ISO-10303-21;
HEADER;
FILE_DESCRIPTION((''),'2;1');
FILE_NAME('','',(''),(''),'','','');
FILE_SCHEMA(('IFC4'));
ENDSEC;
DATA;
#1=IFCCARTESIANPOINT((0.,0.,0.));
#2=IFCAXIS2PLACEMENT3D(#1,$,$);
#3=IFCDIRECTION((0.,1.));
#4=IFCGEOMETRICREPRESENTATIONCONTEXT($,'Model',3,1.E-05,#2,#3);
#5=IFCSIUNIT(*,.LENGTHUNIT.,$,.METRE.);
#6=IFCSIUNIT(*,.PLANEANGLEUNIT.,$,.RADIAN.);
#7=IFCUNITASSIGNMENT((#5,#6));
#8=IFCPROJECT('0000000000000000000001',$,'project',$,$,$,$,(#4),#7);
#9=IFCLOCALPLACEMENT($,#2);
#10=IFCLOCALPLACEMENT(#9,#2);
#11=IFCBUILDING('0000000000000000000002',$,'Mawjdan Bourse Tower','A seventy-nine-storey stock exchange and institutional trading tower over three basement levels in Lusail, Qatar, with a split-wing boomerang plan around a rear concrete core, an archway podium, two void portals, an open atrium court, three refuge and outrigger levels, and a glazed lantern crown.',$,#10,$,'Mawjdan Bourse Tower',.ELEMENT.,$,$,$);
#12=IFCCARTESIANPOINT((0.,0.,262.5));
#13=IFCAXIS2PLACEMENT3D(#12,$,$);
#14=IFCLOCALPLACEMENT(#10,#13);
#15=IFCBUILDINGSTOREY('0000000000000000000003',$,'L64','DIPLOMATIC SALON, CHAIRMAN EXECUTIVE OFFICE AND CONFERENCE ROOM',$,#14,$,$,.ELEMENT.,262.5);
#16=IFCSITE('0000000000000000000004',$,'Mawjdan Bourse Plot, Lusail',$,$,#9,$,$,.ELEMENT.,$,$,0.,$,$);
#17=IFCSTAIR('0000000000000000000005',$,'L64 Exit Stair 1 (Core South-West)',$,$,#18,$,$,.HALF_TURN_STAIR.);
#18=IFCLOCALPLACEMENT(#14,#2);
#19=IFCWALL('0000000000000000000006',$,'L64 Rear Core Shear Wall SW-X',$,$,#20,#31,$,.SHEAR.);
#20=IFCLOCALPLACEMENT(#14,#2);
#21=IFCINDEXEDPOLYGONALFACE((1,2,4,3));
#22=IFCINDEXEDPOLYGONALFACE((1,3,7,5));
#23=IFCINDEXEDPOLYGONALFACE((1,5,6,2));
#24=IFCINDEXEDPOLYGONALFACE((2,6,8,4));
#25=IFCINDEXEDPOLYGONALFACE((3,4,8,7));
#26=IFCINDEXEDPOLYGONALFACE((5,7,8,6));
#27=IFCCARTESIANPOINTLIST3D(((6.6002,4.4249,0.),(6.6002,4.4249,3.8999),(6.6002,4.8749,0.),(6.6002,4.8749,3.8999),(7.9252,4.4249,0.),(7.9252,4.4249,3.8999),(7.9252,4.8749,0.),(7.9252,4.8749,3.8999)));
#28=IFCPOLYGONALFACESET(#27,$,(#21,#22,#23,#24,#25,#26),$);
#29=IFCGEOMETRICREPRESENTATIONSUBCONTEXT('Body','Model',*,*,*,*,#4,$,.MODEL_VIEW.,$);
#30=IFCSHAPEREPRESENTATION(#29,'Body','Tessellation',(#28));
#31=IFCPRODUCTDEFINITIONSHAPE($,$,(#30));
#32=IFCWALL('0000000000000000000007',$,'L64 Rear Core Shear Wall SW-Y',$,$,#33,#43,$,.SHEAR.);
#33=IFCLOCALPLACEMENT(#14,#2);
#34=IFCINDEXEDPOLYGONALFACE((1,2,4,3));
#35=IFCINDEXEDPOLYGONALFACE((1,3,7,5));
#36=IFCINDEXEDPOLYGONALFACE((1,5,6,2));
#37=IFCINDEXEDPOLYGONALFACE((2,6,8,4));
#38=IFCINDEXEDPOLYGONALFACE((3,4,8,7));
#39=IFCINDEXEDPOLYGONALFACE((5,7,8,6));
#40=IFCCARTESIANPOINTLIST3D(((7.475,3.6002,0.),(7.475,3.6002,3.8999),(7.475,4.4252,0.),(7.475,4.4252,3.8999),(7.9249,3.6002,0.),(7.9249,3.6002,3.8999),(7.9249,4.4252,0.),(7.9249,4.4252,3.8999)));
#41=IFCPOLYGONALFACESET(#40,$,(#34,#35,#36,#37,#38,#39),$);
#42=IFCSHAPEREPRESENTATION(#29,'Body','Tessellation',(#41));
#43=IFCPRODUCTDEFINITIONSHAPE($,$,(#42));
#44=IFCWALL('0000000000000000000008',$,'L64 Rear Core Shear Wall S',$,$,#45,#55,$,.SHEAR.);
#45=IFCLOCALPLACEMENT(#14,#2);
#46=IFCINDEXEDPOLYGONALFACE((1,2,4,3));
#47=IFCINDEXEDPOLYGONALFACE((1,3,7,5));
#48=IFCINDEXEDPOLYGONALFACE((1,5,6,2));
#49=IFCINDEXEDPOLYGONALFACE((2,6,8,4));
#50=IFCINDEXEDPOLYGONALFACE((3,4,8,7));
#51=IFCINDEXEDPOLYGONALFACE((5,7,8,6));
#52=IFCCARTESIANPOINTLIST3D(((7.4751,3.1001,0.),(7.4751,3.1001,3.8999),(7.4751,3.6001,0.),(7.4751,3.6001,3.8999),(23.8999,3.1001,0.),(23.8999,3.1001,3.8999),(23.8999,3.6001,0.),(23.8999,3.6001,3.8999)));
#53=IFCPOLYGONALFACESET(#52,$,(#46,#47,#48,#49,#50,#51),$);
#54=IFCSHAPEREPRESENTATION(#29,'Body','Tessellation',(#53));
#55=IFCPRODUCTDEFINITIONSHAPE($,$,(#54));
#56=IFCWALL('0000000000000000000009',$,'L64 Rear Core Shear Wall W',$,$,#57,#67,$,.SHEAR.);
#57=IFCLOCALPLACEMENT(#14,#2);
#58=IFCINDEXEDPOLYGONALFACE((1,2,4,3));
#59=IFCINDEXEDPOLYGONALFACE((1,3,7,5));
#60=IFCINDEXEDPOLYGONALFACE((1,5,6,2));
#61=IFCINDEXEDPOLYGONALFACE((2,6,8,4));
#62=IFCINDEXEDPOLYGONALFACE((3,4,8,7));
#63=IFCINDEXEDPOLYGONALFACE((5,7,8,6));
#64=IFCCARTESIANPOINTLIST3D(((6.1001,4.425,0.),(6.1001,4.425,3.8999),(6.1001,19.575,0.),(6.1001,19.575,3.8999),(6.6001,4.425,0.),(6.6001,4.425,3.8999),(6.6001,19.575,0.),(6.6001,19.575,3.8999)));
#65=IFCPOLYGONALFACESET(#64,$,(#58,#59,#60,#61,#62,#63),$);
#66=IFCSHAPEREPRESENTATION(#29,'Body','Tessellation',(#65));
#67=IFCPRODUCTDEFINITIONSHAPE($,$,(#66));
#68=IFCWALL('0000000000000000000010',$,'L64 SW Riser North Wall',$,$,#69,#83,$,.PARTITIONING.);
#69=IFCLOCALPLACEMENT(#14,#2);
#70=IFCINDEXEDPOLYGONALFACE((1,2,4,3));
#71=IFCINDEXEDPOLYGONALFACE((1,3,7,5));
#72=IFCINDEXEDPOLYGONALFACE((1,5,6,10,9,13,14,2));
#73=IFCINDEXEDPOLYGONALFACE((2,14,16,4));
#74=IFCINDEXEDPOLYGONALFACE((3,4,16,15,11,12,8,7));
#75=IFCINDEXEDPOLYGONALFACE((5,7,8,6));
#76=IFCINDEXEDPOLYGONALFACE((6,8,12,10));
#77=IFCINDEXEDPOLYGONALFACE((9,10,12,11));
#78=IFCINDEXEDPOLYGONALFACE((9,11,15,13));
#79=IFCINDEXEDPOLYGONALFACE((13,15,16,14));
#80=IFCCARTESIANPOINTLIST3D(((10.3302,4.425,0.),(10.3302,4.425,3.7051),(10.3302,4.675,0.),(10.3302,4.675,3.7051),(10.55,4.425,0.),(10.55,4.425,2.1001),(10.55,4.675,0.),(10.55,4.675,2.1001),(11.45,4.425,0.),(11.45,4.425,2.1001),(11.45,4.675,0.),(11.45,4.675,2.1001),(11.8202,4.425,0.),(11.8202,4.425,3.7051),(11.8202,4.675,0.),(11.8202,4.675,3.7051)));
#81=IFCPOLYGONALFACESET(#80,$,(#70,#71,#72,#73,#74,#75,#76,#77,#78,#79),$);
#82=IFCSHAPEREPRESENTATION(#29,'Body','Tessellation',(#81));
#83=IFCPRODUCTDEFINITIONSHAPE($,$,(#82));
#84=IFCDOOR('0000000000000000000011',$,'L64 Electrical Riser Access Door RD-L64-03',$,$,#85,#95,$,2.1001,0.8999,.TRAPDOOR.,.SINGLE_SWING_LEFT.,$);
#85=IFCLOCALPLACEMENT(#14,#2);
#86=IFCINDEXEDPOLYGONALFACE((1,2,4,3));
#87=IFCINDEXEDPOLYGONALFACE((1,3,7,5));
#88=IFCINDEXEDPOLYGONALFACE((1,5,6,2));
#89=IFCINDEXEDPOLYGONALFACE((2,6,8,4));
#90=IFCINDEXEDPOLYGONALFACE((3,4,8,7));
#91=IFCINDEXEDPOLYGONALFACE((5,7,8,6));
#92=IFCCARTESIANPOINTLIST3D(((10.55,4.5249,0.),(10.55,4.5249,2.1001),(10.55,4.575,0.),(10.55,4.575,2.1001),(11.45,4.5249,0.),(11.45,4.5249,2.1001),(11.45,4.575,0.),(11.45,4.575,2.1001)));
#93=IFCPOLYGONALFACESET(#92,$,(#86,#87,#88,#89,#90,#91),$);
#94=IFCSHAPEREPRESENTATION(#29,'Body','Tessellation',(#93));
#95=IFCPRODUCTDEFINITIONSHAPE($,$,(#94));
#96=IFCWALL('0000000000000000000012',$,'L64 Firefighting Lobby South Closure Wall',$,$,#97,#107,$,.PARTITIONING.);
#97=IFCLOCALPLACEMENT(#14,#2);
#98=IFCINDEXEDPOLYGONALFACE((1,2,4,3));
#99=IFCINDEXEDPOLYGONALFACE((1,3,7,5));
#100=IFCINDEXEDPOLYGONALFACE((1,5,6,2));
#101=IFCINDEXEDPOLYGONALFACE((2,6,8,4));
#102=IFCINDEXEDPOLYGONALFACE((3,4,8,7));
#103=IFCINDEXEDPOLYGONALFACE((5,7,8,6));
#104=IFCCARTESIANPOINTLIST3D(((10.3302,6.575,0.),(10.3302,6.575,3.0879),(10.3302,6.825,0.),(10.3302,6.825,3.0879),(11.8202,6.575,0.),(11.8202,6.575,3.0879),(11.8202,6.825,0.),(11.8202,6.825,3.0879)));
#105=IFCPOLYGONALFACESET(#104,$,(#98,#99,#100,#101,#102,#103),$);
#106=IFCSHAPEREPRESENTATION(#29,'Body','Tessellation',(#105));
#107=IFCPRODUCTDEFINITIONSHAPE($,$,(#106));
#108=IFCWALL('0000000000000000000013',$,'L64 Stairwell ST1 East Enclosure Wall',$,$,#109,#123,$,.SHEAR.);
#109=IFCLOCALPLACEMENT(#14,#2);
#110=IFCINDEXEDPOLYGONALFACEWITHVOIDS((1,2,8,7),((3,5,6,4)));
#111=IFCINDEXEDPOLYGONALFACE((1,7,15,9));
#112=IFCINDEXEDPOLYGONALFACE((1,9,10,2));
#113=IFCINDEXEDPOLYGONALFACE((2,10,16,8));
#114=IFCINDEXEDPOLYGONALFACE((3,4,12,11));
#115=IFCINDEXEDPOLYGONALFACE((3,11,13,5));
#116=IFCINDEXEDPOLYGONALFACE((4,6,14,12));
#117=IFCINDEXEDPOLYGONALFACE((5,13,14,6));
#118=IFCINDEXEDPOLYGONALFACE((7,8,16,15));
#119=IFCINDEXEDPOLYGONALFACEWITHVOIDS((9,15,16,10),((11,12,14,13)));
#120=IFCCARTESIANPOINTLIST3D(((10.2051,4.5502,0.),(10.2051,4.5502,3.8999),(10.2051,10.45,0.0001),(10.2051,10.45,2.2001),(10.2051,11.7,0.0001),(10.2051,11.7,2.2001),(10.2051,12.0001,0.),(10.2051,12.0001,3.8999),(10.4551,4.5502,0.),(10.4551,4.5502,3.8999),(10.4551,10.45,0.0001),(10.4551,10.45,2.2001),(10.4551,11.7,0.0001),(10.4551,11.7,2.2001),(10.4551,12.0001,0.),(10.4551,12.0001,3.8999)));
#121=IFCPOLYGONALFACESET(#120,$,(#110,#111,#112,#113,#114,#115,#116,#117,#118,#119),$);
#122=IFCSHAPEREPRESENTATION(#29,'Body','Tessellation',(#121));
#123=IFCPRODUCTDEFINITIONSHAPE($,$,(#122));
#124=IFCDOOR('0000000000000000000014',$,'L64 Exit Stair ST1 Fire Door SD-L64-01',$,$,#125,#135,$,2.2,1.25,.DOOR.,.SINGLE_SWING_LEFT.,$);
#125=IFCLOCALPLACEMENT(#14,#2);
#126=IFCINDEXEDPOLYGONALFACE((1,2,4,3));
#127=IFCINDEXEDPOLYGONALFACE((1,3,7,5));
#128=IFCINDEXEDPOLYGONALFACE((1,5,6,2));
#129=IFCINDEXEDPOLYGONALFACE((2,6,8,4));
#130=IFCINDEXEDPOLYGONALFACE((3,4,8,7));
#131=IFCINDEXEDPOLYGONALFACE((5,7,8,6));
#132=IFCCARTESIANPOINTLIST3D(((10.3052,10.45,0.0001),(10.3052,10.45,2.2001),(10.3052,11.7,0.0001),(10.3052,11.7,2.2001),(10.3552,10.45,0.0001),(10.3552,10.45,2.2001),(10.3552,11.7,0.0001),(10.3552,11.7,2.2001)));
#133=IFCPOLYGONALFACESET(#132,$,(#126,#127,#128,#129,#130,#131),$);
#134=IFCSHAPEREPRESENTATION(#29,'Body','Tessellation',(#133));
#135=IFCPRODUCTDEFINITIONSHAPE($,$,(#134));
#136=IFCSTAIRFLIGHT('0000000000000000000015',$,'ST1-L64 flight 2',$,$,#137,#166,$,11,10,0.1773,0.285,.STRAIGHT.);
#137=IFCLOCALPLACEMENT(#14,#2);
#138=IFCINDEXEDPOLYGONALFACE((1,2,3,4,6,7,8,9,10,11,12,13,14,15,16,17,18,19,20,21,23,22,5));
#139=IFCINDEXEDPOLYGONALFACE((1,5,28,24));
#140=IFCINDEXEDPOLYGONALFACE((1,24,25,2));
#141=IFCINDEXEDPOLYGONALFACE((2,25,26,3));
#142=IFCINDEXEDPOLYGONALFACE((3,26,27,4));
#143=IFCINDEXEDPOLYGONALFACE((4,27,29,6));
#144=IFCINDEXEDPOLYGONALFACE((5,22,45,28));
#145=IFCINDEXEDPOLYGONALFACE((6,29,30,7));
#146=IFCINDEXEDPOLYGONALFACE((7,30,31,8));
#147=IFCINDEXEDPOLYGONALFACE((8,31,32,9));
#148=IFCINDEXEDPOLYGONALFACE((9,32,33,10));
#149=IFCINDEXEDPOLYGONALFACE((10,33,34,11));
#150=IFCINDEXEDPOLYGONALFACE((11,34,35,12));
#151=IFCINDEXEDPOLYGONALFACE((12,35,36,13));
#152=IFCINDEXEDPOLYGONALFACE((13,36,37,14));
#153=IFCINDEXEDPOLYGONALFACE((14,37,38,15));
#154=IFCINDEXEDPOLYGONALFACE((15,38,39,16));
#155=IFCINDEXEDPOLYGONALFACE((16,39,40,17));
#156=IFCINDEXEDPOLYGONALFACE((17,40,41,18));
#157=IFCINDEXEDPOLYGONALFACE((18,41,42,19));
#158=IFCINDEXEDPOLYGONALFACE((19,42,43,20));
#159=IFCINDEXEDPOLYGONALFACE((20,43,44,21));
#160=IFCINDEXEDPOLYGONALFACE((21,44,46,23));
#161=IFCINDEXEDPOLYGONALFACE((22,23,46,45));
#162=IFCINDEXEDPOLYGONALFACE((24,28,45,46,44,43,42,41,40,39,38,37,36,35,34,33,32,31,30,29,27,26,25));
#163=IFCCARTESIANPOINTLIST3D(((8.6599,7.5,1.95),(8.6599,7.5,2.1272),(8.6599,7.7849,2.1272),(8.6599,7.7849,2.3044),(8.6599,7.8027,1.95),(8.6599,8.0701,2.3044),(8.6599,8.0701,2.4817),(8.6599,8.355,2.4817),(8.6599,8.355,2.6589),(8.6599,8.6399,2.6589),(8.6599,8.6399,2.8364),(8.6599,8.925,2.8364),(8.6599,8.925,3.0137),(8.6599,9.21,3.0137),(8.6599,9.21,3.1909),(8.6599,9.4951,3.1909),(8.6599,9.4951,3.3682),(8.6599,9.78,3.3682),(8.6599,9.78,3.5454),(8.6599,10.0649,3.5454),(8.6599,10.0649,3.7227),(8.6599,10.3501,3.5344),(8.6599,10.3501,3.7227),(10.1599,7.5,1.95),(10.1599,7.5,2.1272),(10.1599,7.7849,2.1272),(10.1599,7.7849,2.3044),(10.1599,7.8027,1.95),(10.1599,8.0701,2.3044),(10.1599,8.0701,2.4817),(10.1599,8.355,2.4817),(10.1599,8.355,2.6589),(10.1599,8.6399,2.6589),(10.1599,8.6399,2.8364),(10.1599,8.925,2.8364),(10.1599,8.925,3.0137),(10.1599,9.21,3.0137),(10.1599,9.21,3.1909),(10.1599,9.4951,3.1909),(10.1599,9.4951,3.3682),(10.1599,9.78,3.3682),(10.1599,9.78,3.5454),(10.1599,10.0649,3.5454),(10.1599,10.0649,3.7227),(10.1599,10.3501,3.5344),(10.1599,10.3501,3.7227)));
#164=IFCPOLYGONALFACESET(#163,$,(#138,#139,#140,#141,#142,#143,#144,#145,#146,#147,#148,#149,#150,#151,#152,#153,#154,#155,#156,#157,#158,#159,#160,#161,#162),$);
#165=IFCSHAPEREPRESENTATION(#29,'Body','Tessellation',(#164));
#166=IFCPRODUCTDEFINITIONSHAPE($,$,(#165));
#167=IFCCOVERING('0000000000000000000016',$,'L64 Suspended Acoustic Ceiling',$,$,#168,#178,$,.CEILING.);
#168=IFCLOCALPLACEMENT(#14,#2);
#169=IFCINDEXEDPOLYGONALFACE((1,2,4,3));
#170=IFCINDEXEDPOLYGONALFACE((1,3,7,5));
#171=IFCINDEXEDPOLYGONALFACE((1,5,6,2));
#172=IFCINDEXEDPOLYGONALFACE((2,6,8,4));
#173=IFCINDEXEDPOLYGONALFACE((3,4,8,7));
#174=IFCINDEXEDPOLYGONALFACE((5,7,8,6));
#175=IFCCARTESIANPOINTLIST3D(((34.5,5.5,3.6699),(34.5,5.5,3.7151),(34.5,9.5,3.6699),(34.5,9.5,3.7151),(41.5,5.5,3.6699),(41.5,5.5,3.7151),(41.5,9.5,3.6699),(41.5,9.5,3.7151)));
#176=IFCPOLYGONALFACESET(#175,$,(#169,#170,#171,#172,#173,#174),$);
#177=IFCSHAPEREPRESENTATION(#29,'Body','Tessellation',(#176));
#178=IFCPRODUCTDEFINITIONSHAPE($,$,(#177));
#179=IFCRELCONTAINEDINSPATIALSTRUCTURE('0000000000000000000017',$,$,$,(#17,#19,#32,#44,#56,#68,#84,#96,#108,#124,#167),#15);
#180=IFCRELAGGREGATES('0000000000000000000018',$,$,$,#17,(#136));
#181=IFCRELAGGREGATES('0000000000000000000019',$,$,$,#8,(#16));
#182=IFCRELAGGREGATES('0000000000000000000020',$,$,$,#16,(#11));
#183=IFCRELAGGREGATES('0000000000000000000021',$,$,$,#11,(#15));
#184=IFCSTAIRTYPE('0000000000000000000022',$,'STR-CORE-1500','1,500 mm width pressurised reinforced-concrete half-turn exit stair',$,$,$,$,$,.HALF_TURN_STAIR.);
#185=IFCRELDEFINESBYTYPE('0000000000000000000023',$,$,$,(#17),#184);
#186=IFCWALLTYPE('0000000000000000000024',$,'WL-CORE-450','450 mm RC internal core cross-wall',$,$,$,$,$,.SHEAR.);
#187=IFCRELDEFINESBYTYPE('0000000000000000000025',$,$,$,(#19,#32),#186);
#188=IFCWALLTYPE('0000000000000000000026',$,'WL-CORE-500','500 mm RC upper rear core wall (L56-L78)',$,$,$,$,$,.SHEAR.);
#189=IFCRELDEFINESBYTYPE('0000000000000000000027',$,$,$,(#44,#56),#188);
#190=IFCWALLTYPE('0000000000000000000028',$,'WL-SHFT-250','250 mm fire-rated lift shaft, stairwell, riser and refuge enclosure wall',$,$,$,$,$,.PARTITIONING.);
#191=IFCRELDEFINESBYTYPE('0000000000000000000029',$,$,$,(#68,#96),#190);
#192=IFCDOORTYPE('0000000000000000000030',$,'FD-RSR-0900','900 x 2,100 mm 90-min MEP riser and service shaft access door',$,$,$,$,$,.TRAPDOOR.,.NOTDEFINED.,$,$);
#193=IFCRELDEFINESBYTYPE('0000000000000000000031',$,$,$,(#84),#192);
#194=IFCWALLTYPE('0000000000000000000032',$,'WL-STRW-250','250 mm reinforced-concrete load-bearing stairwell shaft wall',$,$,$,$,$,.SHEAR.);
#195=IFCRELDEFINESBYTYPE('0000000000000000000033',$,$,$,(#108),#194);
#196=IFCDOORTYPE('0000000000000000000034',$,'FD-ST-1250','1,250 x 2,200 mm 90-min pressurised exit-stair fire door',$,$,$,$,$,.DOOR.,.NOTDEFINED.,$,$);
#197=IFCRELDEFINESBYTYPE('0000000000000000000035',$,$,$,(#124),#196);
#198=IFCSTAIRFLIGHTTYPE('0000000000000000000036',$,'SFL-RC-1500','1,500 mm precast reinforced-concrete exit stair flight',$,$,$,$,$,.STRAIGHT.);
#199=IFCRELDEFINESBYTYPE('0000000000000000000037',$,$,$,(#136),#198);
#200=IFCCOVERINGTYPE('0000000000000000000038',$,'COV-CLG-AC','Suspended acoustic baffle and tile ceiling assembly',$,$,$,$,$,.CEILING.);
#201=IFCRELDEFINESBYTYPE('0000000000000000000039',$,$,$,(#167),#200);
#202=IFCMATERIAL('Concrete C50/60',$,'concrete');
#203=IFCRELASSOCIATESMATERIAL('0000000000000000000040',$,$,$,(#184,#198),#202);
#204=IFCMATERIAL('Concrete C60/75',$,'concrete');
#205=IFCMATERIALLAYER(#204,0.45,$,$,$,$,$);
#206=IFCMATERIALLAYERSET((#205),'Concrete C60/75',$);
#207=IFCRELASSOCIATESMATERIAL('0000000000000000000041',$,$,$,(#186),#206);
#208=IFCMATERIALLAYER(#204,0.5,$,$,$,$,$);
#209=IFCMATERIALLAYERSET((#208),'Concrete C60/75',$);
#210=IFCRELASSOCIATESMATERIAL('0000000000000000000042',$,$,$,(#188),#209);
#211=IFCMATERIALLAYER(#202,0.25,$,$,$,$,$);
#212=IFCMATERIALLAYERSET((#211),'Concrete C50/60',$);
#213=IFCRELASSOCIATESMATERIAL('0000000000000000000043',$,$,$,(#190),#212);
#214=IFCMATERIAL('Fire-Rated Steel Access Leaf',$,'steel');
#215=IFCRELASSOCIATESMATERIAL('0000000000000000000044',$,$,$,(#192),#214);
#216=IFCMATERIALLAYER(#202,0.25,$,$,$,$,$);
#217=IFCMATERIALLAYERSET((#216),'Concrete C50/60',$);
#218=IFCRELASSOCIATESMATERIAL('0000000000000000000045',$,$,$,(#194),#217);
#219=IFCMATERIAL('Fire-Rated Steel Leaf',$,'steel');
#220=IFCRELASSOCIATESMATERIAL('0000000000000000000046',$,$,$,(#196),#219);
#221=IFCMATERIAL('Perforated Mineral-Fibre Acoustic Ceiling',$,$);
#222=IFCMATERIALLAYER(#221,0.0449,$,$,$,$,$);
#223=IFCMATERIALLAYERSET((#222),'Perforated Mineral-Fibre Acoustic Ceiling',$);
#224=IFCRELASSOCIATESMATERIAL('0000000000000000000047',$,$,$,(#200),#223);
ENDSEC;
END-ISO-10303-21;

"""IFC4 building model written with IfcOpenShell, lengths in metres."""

from ifc_helpers import new_model, si_unit, direction, frame, frame_2d, origin, place, context, subcontext, project, spatial, polyline, rectangle, outline, extrude, material, layer, layer_set, type_object, element, fill, aggregate, save


model = new_model("IFC4")

# Units and contexts
model_context = context("Model", 3, precision=1e-05, world=origin(), true_north=direction((0.0, 1.0)))
body_context = subcontext(model_context, "Body", "Model", "MODEL_VIEW")
ifc_project = project(units=[si_unit("LENGTHUNIT", "METRE"), si_unit("PLANEANGLEUNIT", "RADIAN")], contexts=[model_context])

# Site, building, storey
site_placement = place(None, origin())
site = spatial("IfcSite", under=ifc_project, at=site_placement, Name="Mawjdan Bourse Plot, Lusail", CompositionType="ELEMENT", RefElevation=0.0)
building_placement = place(site_placement, origin())
building = spatial("IfcBuilding", under=site, at=building_placement, Name="Mawjdan Bourse Tower", Description="A seventy-nine-storey stock exchange and institutional trading tower over three basement levels in Lusail, Qatar, with a split-wing boomerang plan around a rear concrete core, an archway podium, two void portals, an open atrium court, three refuge and outrigger levels, and a glazed lantern crown.", LongName="Mawjdan Bourse Tower", CompositionType="ELEMENT")
storey_placement = place(building_placement, frame((0.0, 0.0, 262.5)))
storey = spatial("IfcBuildingStorey", under=building, at=storey_placement, Name="L64", Description="DIPLOMATIC SALON, CHAIRMAN EXECUTIVE OFFICE AND CONFERENCE ROOM", CompositionType="ELEMENT", Elevation=262.5)

# Stair
ifc_material_1 = material(Name="Concrete C50/60", Category="concrete")
stair_type = type_object("IfcStairType", Name="STR-CORE-1500", Description="1,500 mm width pressurised reinforced-concrete half-turn exit stair", PredefinedType="HALF_TURN_STAIR", material=ifc_material_1)
stair_1_placement = place(storey_placement, origin())
stair_1 = element("IfcStair", 1, at=stair_1_placement, inside=storey, type_object=stair_type, Name="L64 Exit Stair 1 (Core South-West)", PredefinedType="HALF_TURN_STAIR")

# Walls
ifc_material_2 = material(Name="Concrete C60/75", Category="concrete")
ifc_layer_1 = layer(ifc_material_2, 0.45)
ifc_layer_set_1 = layer_set([ifc_layer_1], Name="Concrete C60/75")
wall_type_1 = type_object("IfcWallType", Name="WL-CORE-450", Description="450 mm RC internal core cross-wall", PredefinedType="SHEAR", material=ifc_layer_set_1)
wall_1_placement = place(storey_placement, frame((6.6001, 4.6499, 0.0), z_axis=(0.0, 0.0, 1.0), x_axis=(1.0, 0.0, 0.0)))
element("IfcWall", 2, at=wall_1_placement, inside=storey, type_object=wall_type_1, Name="L64 Rear Core Shear Wall SW-X", PredefinedType="SHEAR", context=body_context, shape_type="SweptSolid", body=[
    extrude(rectangle(XDim=1.325, YDim=0.45, at=frame_2d((0.6626, 0.0))), origin(), (0.0, 0.0, 1.0), 3.8999),
])
wall_2_placement = place(storey_placement, frame((7.7, 3.6001, 0.0), z_axis=(0.0, 0.0, 1.0), x_axis=(0.0, 1.0, 0.0)))
element("IfcWall", 3, at=wall_2_placement, inside=storey, type_object=wall_type_1, Name="L64 Rear Core Shear Wall SW-Y", PredefinedType="SHEAR", context=body_context, shape_type="SweptSolid", body=[
    extrude(rectangle(XDim=0.825, YDim=0.45, at=frame_2d((0.4126, 0.0))), origin(), (0.0, 0.0, 1.0), 3.8999),
])
ifc_layer_2 = layer(ifc_material_2, 0.5)
ifc_layer_set_2 = layer_set([ifc_layer_2], Name="Concrete C60/75")
wall_type_2 = type_object("IfcWallType", Name="WL-CORE-500", Description="500 mm RC upper rear core wall (L56-L78)", PredefinedType="SHEAR", material=ifc_layer_set_2)
wall_3_placement = place(storey_placement, frame((7.4751, 3.3501, 0.0), z_axis=(0.0, 0.0, 1.0), x_axis=(1.0, 0.0, 0.0)))
element("IfcWall", 4, at=wall_3_placement, inside=storey, type_object=wall_type_2, Name="L64 Rear Core Shear Wall S", PredefinedType="SHEAR", context=body_context, shape_type="SweptSolid", body=[
    extrude(rectangle(XDim=16.4248, YDim=0.5, at=frame_2d((8.2124, 0.0))), origin(), (0.0, 0.0, 1.0), 3.8999),
])
wall_4_placement = place(storey_placement, frame((6.3501, 4.425, 0.0), z_axis=(0.0, 0.0, 1.0), x_axis=(0.0, 1.0, 0.0)))
element("IfcWall", 5, at=wall_4_placement, inside=storey, type_object=wall_type_2, Name="L64 Rear Core Shear Wall W", PredefinedType="SHEAR", context=body_context, shape_type="SweptSolid", body=[
    extrude(rectangle(XDim=15.1499, YDim=0.5, at=frame_2d((7.575, 0.0))), origin(), (0.0, 0.0, 1.0), 3.8999),
])

# Wall, opening, door
ifc_layer_3 = layer(ifc_material_1, 0.25)
ifc_layer_set_3 = layer_set([ifc_layer_3], Name="Concrete C50/60")
wall_type_3 = type_object("IfcWallType", Name="WL-SHFT-250", Description="250 mm fire-rated lift shaft, stairwell, riser and refuge enclosure wall", PredefinedType="PARTITIONING", material=ifc_layer_set_3)
wall_5_placement = place(storey_placement, frame((10.3301, 4.55, 0.0), z_axis=(0.0, 0.0, 1.0), x_axis=(1.0, 0.0, 0.0)))
wall_5 = element("IfcWall", 6, at=wall_5_placement, inside=storey, type_object=wall_type_3, Name="L64 SW Riser North Wall", PredefinedType="PARTITIONING", context=body_context, shape_type="SweptSolid", body=[
    extrude(rectangle(XDim=1.49, YDim=0.25, at=frame_2d((0.7451, 0.0))), origin(), (0.0, 0.0, 1.0), 3.7051),
])
opening_1_placement = place(wall_5_placement, frame((0.22, 0.0, 0.0)))
opening_1 = element("IfcOpeningElement", 7, at=opening_1_placement, cuts=wall_5, PredefinedType="OPENING", context=body_context, shape_type="SweptSolid", body=[
    extrude(rectangle(XDim=0.8999, YDim=2.1001, at=frame_2d((0.45, 1.05))), frame((0.0, 0.135, 0.0), z_axis=(0.0, -1.0, 0.0), x_axis=(1.0, 0.0, 0.0)), (0.0, 0.0, 1.0), 0.27),
])
ifc_material_3 = material(Name="Fire-Rated Steel Access Leaf", Category="steel")
door_type_1 = type_object("IfcDoorType", Name="FD-RSR-0900", Description="900 x 2,100 mm 90-min MEP riser and service shaft access door", OperationType="NOTDEFINED", PredefinedType="TRAPDOOR", material=ifc_material_3)
door_1_placement = place(opening_1_placement, origin())
door_1 = element("IfcDoor", 8, at=door_1_placement, inside=storey, type_object=door_type_1, Name="L64 Electrical Riser Access Door RD-L64-03", OperationType="SINGLE_SWING_LEFT", OverallHeight=2.1001, OverallWidth=0.8999, PredefinedType="TRAPDOOR", context=body_context, shape_type="SweptSolid", body=[
    extrude(rectangle(XDim=0.8999, YDim=2.1001, at=frame_2d((0.45, 1.05))), frame((0.0, 0.0249, 0.0), z_axis=(0.0, -1.0, 0.0), x_axis=(1.0, 0.0, 0.0)), (0.0, 0.0, 1.0), 0.05),
])
fill(opening_1, door_1)

# Wall
wall_6_placement = place(storey_placement, frame((10.3301, 6.7, 0.0), z_axis=(0.0, 0.0, 1.0), x_axis=(1.0, 0.0, 0.0)))
element("IfcWall", 9, at=wall_6_placement, inside=storey, type_object=wall_type_3, Name="L64 Firefighting Lobby South Closure Wall", PredefinedType="PARTITIONING", context=body_context, shape_type="SweptSolid", body=[
    extrude(rectangle(XDim=1.49, YDim=0.25, at=frame_2d((0.7451, 0.0))), origin(), (0.0, 0.0, 1.0), 3.0879),
])
ifc_layer_4 = layer(ifc_material_1, 0.25)
ifc_layer_set_4 = layer_set([ifc_layer_4], Name="Concrete C50/60")
wall_type_4 = type_object("IfcWallType", Name="WL-STRW-250", Description="250 mm reinforced-concrete load-bearing stairwell shaft wall", PredefinedType="SHEAR", material=ifc_layer_set_4)

# Wall, opening, door
wall_7_placement = place(storey_placement, frame((10.3301, 4.55, 0.0), z_axis=(0.0, 0.0, 1.0), x_axis=(0.0, 1.0, 0.0)))
wall_7 = element("IfcWall", 10, at=wall_7_placement, inside=storey, type_object=wall_type_4, Name="L64 Stairwell ST1 East Enclosure Wall", PredefinedType="SHEAR", context=body_context, shape_type="SweptSolid", body=[
    extrude(rectangle(XDim=7.45, YDim=0.25, at=frame_2d((3.7251, 0.0))), origin(), (0.0, 0.0, 1.0), 3.8999),
])
opening_2_placement = place(wall_7_placement, frame((5.8999, 0.0, 0.0)))
opening_2 = element("IfcOpeningElement", 11, at=opening_2_placement, cuts=wall_7, PredefinedType="OPENING", context=body_context, shape_type="SweptSolid", body=[
    extrude(rectangle(XDim=1.25, YDim=2.2, at=frame_2d((0.625, 1.1001))), frame((0.0, 0.135, 0.0), z_axis=(0.0, -1.0, 0.0), x_axis=(1.0, 0.0, 0.0)), (0.0, 0.0, 1.0), 0.27),
])
ifc_material_4 = material(Name="Fire-Rated Steel Leaf", Category="steel")
door_type_2 = type_object("IfcDoorType", Name="FD-ST-1250", Description="1,250 x 2,200 mm 90-min pressurised exit-stair fire door", OperationType="NOTDEFINED", PredefinedType="DOOR", material=ifc_material_4)
door_2_placement = place(opening_2_placement, origin())
door_2 = element("IfcDoor", 12, at=door_2_placement, inside=storey, type_object=door_type_2, Name="L64 Exit Stair ST1 Fire Door SD-L64-01", OperationType="SINGLE_SWING_LEFT", OverallHeight=2.2, OverallWidth=1.25, PredefinedType="DOOR", context=body_context, shape_type="SweptSolid", body=[
    extrude(rectangle(XDim=1.25, YDim=2.2, at=frame_2d((0.625, 1.1001))), frame((0.0, 0.0249, 0.0), z_axis=(0.0, -1.0, 0.0), x_axis=(1.0, 0.0, 0.0)), (0.0, 0.0, 1.0), 0.05),
])
fill(opening_2, door_2)

# Stair flight
stair_flight_type = type_object("IfcStairFlightType", Name="SFL-RC-1500", Description="1,500 mm precast reinforced-concrete exit stair flight", PredefinedType="STRAIGHT", material=ifc_material_1)
stair_flight_placement = place(storey_placement, frame((9.4099, 7.5, 1.95), z_axis=(0.0, 0.0, 1.0), x_axis=(0.0, 1.0, 0.0)))
stair_flight = element("IfcStairFlight", 13, at=stair_flight_placement, type_object=stair_flight_type, Name="ST1-L64 flight 2", NumberOfRisers=11, NumberOfTreads=10, PredefinedType="STRAIGHT", RiserHeight=0.1773, TreadLength=0.285, context=body_context, shape_type="SweptSolid", body=[
    extrude(outline(polyline([(0.0, 0.0), (0.0, 0.1772), (0.2849, 0.1772), (0.2849, 0.3545), (0.5701, 0.3545), (0.5701, 0.5317), (0.855, 0.5317), (0.855, 0.709), (1.1399, 0.709), (1.1399, 0.8865), (1.425, 0.8865), (1.425, 1.0637), (1.71, 1.0637), (1.71, 1.241), (1.9951, 1.241), (1.9951, 1.4182), (2.28, 1.4182), (2.28, 1.5955), (2.5649, 1.5955), (2.5649, 1.7727), (2.8501, 1.7727), (2.8501, 1.95), (2.8501, 1.5845), (0.3027, 0.0), (0.0, 0.0)])), frame((0.0, 0.75, 0.0), z_axis=(0.0, -1.0, 0.0), x_axis=(1.0, 0.0, 0.0)), (0.0, 0.0, 1.0), 1.5),
])
aggregate(stair_1, [stair_flight])

# Covering
ifc_material_5 = material(Name="Perforated Mineral-Fibre Acoustic Ceiling")
ifc_layer_5 = layer(ifc_material_5, 0.0449)
ifc_layer_set_5 = layer_set([ifc_layer_5], Name="Perforated Mineral-Fibre Acoustic Ceiling")
covering_type = type_object("IfcCoveringType", Name="COV-CLG-AC", Description="Suspended acoustic baffle and tile ceiling assembly", PredefinedType="CEILING", material=ifc_layer_set_5)
covering_placement = place(storey_placement, frame((0.0, 0.0, 3.6699)))
element("IfcCovering", 14, at=covering_placement, inside=storey, type_object=covering_type, Name="L64 Suspended Acoustic Ceiling", PredefinedType="CEILING", context=body_context, shape_type="SweptSolid", body=[
    extrude(outline(polyline([(34.5, 5.5), (41.5, 5.5), (41.5, 9.5), (34.5, 9.5), (34.5, 5.5)])), origin(), (0.0, 0.0, 1.0), 0.0452),
])

save(model, "model.ifc")
